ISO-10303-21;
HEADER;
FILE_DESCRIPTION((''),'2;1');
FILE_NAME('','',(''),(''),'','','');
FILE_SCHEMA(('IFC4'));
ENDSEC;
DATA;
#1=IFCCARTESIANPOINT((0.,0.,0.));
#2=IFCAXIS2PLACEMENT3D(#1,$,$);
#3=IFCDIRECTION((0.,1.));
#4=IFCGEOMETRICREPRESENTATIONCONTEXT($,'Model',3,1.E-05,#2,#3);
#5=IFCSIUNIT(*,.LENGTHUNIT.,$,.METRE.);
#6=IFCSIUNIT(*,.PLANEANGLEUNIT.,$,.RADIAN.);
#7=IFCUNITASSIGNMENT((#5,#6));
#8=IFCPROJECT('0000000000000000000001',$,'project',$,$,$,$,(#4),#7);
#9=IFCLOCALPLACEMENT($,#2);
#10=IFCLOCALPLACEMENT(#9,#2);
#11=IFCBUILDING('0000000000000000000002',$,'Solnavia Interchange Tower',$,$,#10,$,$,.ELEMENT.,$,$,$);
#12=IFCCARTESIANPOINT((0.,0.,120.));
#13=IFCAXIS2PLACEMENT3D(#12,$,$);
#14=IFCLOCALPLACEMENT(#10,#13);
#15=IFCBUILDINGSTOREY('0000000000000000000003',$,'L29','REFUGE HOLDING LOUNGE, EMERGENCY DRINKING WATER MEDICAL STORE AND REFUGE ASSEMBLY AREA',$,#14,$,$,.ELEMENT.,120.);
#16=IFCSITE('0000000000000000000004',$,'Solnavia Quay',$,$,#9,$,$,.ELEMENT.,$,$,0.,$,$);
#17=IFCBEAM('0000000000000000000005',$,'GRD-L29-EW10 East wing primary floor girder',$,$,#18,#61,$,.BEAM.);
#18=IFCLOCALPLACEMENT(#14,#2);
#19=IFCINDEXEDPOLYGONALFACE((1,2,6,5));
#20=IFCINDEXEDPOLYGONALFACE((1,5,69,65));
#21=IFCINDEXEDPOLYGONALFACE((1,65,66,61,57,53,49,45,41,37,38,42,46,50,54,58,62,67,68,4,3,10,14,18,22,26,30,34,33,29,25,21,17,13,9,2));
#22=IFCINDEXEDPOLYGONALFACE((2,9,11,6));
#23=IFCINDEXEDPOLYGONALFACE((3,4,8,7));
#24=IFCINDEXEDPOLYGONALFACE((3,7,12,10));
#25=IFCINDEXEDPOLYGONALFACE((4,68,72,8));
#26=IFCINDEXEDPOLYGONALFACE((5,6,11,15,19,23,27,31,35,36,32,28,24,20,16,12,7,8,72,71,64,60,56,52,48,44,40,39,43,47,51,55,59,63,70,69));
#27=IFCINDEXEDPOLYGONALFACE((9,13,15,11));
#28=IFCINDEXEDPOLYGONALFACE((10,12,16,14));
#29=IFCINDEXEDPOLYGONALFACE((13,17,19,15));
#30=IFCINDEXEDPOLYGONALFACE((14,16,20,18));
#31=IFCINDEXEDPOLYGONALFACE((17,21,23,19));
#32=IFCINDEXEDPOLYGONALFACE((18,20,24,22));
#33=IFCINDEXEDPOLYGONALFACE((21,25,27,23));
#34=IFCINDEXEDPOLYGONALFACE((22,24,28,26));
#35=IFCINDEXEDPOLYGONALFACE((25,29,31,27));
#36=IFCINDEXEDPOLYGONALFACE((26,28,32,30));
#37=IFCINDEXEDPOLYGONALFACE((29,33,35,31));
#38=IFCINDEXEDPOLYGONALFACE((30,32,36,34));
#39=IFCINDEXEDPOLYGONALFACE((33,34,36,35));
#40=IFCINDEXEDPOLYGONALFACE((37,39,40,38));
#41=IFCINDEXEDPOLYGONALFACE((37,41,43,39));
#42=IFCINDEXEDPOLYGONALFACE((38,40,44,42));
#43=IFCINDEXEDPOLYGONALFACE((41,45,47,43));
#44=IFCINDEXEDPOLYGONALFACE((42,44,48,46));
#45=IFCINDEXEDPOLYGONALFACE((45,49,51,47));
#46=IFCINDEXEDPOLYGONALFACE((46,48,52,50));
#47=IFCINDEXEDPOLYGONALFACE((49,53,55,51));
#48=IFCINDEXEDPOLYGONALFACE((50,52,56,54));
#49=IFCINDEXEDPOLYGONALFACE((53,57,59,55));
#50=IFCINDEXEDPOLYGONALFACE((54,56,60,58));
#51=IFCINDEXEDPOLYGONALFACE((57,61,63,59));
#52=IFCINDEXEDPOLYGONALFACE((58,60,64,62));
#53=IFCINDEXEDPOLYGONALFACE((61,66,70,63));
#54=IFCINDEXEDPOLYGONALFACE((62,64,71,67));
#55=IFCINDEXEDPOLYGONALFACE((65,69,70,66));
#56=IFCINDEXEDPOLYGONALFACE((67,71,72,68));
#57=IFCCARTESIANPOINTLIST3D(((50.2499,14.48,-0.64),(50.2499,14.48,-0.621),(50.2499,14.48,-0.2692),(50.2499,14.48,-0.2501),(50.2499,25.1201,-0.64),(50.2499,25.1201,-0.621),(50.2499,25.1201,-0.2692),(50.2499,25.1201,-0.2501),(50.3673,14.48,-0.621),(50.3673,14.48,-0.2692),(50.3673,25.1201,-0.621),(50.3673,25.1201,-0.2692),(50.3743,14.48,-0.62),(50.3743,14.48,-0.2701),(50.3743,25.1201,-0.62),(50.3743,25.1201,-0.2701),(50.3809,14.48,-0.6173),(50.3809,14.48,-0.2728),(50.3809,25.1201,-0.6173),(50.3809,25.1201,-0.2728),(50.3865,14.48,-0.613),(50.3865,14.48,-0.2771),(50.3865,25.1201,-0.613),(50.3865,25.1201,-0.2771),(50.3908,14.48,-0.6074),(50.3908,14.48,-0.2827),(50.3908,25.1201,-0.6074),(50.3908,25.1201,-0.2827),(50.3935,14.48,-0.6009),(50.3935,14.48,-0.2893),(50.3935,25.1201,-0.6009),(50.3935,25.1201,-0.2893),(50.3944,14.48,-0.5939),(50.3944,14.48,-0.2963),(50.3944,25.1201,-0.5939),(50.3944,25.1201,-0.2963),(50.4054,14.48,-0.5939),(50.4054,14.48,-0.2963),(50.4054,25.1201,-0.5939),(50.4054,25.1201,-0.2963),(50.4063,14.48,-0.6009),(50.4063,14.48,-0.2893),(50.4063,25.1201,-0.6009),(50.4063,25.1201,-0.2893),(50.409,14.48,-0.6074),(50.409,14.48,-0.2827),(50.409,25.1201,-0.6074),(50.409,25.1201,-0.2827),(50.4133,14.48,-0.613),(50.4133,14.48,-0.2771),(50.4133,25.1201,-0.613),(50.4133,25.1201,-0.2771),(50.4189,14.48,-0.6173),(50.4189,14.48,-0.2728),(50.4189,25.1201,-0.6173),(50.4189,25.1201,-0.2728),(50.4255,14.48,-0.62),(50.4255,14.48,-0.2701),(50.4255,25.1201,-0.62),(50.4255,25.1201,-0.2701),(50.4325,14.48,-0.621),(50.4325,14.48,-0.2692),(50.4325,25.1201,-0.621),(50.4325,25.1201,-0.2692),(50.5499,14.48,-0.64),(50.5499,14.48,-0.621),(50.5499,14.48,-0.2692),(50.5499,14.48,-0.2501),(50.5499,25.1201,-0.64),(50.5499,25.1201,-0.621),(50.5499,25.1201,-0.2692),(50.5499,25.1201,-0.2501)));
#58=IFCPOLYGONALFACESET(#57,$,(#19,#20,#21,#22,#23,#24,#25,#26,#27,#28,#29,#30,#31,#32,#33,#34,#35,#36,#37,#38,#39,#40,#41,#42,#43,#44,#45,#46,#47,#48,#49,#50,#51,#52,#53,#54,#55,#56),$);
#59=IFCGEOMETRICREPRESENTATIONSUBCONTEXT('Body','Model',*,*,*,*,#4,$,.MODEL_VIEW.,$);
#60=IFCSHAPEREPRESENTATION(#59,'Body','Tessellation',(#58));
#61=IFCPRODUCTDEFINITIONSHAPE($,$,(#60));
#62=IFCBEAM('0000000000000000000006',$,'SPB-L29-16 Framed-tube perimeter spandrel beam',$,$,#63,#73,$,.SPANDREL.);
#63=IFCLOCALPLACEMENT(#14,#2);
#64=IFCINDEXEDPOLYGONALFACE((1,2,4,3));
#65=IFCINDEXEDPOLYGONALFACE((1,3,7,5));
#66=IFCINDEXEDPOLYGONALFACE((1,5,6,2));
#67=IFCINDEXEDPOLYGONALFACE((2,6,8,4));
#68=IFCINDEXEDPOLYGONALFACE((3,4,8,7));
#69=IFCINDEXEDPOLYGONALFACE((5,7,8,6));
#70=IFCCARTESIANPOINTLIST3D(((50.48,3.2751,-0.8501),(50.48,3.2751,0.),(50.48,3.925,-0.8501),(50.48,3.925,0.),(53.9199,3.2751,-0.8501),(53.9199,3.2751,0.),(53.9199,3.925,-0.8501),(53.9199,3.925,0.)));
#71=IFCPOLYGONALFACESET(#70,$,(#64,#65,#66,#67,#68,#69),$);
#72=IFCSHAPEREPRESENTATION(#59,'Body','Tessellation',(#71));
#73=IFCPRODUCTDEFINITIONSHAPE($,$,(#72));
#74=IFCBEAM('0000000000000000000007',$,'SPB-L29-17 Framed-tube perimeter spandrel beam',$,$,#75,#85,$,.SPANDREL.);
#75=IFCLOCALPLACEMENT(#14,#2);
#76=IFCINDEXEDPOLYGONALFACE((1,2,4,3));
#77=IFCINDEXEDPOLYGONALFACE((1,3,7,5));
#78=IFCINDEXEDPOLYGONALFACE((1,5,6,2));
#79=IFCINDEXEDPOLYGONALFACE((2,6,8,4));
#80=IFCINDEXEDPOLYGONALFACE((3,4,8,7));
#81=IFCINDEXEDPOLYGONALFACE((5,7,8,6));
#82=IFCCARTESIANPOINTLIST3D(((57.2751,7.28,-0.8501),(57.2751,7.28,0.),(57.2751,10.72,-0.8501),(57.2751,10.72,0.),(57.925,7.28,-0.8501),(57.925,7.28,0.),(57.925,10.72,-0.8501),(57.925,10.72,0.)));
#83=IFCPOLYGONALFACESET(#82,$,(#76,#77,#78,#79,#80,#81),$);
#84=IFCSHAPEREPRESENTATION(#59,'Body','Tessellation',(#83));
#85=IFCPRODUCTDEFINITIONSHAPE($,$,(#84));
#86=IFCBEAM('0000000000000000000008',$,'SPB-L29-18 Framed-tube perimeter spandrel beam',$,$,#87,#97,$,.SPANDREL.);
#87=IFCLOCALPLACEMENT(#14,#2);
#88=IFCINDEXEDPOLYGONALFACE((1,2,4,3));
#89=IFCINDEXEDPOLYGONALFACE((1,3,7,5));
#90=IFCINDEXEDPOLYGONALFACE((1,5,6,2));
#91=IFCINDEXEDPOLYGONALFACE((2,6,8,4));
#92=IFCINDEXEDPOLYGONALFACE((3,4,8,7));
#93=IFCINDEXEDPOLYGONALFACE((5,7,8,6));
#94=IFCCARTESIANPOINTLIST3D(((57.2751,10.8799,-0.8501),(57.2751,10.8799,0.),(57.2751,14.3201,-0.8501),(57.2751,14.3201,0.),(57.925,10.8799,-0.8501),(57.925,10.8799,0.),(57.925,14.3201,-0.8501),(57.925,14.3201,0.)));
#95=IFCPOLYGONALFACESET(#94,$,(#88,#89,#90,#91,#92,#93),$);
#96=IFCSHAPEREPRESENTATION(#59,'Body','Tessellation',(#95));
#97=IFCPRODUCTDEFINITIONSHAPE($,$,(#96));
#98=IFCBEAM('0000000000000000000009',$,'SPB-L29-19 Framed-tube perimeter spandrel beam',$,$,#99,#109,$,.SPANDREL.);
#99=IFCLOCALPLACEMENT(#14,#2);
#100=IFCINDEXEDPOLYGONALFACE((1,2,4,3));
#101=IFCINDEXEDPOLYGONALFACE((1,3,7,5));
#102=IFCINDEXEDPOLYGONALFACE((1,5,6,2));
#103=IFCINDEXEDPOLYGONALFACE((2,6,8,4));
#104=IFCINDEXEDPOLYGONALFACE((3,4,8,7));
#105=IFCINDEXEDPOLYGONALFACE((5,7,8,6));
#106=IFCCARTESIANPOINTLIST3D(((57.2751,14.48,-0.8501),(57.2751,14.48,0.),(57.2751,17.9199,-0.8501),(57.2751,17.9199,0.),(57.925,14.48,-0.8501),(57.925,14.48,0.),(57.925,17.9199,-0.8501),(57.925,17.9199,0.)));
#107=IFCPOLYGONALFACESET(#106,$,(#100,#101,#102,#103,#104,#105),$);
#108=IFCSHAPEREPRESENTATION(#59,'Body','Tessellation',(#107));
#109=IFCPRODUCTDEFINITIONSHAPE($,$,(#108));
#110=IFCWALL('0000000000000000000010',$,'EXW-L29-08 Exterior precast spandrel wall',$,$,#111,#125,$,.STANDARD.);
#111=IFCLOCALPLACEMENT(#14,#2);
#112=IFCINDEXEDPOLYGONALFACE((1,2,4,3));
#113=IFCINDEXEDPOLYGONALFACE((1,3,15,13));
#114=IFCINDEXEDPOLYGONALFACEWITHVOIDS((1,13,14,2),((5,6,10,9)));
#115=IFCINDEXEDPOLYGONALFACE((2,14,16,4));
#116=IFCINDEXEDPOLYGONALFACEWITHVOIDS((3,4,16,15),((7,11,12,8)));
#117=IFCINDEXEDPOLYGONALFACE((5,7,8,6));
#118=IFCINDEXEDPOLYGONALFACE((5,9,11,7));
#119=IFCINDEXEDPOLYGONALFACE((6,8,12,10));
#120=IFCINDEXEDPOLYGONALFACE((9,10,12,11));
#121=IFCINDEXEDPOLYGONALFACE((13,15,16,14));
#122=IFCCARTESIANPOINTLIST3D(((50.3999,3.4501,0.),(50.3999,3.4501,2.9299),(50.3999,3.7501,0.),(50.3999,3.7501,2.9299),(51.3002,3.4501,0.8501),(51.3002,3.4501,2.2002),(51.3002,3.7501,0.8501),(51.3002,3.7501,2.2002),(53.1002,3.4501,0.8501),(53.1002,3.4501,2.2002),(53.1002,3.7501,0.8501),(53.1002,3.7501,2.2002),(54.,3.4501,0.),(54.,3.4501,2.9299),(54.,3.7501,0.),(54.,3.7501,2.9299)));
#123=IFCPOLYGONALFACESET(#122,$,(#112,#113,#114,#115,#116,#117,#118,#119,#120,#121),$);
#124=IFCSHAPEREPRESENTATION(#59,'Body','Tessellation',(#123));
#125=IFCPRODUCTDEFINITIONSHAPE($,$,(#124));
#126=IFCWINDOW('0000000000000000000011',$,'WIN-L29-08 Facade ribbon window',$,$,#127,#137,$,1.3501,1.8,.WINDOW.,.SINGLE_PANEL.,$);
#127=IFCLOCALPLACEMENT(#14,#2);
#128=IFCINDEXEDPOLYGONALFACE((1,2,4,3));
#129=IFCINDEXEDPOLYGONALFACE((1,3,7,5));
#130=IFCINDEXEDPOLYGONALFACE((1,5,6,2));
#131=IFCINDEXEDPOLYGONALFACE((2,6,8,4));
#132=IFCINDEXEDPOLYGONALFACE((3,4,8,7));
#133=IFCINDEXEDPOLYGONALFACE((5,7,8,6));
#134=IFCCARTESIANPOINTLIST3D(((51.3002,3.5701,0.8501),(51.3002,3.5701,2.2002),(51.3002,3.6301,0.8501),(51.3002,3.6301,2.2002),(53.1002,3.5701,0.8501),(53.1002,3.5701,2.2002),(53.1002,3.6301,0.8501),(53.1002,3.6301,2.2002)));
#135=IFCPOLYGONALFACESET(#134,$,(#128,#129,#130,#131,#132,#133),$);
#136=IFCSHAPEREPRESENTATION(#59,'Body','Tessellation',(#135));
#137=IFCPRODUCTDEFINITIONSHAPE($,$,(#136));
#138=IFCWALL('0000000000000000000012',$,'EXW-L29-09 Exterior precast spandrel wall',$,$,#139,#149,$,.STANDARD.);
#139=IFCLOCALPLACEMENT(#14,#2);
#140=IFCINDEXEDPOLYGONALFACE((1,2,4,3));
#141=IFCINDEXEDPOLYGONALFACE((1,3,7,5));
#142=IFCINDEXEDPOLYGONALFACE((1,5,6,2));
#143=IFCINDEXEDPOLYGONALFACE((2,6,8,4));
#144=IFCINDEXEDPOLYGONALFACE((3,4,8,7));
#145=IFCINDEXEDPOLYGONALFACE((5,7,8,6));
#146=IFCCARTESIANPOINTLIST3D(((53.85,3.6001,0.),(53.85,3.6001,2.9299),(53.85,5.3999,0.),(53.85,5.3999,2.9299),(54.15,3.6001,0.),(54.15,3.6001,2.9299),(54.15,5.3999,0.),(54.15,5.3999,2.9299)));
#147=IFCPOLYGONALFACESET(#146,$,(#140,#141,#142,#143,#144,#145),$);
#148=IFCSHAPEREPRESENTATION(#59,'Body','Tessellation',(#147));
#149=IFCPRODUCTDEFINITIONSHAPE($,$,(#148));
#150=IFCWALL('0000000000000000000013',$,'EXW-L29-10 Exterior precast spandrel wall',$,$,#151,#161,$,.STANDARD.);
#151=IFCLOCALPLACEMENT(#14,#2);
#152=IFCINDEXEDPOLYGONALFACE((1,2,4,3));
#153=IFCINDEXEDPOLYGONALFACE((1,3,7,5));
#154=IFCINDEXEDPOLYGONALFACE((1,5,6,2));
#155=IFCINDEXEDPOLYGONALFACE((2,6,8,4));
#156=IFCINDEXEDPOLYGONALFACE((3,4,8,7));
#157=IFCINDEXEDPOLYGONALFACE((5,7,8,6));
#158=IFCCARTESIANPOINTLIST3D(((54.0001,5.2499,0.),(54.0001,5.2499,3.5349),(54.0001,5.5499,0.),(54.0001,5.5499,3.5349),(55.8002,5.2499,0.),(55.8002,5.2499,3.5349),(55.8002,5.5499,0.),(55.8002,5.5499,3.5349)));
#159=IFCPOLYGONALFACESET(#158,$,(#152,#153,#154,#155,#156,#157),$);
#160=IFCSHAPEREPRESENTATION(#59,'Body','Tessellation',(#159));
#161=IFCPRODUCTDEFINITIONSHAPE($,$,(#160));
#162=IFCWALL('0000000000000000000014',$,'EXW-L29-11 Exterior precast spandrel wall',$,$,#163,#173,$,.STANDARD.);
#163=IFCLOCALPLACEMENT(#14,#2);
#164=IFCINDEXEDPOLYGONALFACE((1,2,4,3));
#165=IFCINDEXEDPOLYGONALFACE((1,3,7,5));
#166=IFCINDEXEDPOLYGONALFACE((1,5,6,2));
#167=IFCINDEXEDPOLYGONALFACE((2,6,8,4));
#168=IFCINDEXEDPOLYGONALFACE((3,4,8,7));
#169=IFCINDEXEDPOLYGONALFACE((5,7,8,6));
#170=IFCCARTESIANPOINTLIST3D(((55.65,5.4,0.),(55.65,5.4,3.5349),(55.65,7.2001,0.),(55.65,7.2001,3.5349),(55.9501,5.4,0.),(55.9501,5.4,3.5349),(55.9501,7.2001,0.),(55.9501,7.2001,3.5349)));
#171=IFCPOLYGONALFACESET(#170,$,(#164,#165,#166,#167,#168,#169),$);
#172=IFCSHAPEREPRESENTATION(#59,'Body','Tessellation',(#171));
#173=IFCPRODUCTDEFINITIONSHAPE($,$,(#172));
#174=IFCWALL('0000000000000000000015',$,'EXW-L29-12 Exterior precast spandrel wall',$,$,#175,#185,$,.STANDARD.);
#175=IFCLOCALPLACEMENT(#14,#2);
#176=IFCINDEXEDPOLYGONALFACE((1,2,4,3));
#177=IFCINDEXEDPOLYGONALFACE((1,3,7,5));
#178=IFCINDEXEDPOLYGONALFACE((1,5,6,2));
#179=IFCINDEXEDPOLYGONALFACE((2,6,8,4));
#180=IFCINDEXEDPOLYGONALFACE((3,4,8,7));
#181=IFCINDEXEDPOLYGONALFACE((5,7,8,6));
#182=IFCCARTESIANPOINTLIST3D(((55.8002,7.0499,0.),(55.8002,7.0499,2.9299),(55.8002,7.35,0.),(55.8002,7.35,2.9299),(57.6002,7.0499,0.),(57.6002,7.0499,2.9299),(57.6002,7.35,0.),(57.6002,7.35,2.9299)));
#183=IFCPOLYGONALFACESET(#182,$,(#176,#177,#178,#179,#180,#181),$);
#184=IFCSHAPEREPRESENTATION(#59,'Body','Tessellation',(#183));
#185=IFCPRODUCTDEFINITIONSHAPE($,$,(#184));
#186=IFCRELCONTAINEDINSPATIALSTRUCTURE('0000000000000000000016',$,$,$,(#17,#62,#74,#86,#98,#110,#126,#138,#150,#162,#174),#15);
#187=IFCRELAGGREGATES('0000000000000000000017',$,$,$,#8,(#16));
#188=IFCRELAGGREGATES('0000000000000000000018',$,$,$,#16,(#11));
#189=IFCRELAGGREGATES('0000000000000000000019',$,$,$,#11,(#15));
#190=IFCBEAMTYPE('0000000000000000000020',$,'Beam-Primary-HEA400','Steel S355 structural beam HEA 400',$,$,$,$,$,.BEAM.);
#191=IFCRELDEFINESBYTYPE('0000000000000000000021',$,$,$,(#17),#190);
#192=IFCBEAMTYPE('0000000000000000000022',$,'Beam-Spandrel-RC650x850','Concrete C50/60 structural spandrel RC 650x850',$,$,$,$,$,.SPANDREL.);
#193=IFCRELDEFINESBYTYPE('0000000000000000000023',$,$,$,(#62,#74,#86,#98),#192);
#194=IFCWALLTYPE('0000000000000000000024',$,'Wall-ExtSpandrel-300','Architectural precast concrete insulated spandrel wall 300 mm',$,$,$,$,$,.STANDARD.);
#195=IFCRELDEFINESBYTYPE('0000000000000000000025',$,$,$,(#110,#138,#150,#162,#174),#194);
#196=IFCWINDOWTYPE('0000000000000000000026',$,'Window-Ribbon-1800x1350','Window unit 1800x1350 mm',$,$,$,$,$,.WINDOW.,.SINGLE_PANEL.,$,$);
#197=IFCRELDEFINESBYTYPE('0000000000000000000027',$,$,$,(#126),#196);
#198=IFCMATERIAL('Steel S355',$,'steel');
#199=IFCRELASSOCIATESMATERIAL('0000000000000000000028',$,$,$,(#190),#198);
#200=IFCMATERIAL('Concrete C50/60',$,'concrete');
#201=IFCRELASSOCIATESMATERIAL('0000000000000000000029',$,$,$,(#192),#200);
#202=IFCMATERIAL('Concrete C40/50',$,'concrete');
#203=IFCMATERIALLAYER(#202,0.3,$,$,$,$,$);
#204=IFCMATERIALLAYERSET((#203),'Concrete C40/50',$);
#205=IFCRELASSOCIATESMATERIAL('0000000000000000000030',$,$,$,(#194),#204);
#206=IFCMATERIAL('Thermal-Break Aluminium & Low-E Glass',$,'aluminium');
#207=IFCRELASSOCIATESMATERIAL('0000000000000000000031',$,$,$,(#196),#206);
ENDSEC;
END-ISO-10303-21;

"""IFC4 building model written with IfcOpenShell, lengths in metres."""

from ifc_helpers import new_model, si_unit, direction, frame, frame_2d, origin, origin_2d, place, context, subcontext, project, spatial, rectangle, i_section, extrude, material, layer, layer_set, material_profile, profile_set, type_object, element, fill, save


model = new_model("IFC4")

# Units and contexts
model_context = context("Model", 3, precision=1e-05, world=origin(), true_north=direction((0.0, 1.0)))
body_context = subcontext(model_context, "Body", "Model", "MODEL_VIEW")
ifc_project = project(units=[si_unit("LENGTHUNIT", "METRE"), si_unit("PLANEANGLEUNIT", "RADIAN")], contexts=[model_context])

# Site, building, storey
site_placement = place(None, origin())
site = spatial("IfcSite", under=ifc_project, at=site_placement, Name="Solnavia Quay", CompositionType="ELEMENT", RefElevation=0.0)
building_placement = place(site_placement, origin())
building = spatial("IfcBuilding", under=site, at=building_placement, Name="Solnavia Interchange Tower", CompositionType="ELEMENT")
storey_placement = place(building_placement, frame((0.0, 0.0, 120.0)))
storey = spatial("IfcBuildingStorey", under=building, at=storey_placement, Name="L29", Description="REFUGE HOLDING LOUNGE, EMERGENCY DRINKING WATER MEDICAL STORE AND REFUGE ASSEMBLY AREA", CompositionType="ELEMENT", Elevation=120.0)

# Shared definitions
ifc_material_1 = material(Name="Concrete C50/60", Category="concrete")
ifc_material_2 = material(Name="Steel S355", Category="steel")

# Beams
ifc_material_profile_1 = material_profile(ifc_material_2, i_section(OverallWidth=0.3, OverallDepth=0.3899, WebThickness=0.011, FlangeThickness=0.019, FilletRadius=0.0271, at=origin_2d()), Name="HEA 400")
ifc_profile_set_1 = profile_set([ifc_material_profile_1], Name="Steel S355")
beam_type_1 = type_object("IfcBeamType", Name="Beam-Primary-HEA400", Description="Steel S355 structural beam HEA 400", PredefinedType="BEAM", material=ifc_profile_set_1)
for number, where, z_axis, x_axis, name in (
    (1, (50.3999, 14.48, -0.4451), (0.0, 1.0, 0.0), (-1.0, 0.0, 0.0), "GRD-L29-EW10 East wing primary floor girder"),
):
    element("IfcBeam", number, at=place(storey_placement, frame(where, z_axis=z_axis, x_axis=x_axis)), inside=storey, type_object=beam_type_1, Name=name, PredefinedType="BEAM", context=body_context, shape_type="SweptSolid", body=[
        extrude(i_section(OverallWidth=0.3, OverallDepth=0.3899, WebThickness=0.011, FlangeThickness=0.019, FilletRadius=0.0271, at=origin_2d()), origin(), (0.0, 0.0, 1.0), 10.6401),
    ])
ifc_material_profile_2 = material_profile(ifc_material_1, rectangle(XDim=0.6499, YDim=0.8501, at=origin_2d()), Name="RC 650x850")
ifc_profile_set_2 = profile_set([ifc_material_profile_2], Name="Concrete C50/60")
beam_type_2 = type_object("IfcBeamType", Name="Beam-Spandrel-RC650x850", Description="Concrete C50/60 structural spandrel RC 650x850", PredefinedType="SPANDREL", material=ifc_profile_set_2)
for number, where, z_axis, x_axis, name in (
    (2, (50.48, 3.6001, -0.425), (1.0, 0.0, 0.0), (0.0, 1.0, 0.0), "SPB-L29-16 Framed-tube perimeter spandrel beam"),
    (3, (57.6001, 7.28, -0.425), (0.0, 1.0, 0.0), (-1.0, 0.0, 0.0), "SPB-L29-17 Framed-tube perimeter spandrel beam"),
):
    element("IfcBeam", number, at=place(storey_placement, frame(where, z_axis=z_axis, x_axis=x_axis)), inside=storey, type_object=beam_type_2, Name=name, PredefinedType="SPANDREL", context=body_context, shape_type="SweptSolid", body=[
        extrude(rectangle(XDim=0.6499, YDim=0.8501, at=origin_2d()), origin(), (0.0, 0.0, 1.0), 3.4399),
    ])
beam_1_placement = place(storey_placement, frame((57.6001, 10.8799, -0.425), z_axis=(0.0, 1.0, 0.0), x_axis=(-1.0, 0.0, 0.0)))
element("IfcBeam", 4, at=beam_1_placement, inside=storey, type_object=beam_type_2, Name="SPB-L29-18 Framed-tube perimeter spandrel beam", PredefinedType="SPANDREL", context=body_context, shape_type="SweptSolid", body=[
    extrude(rectangle(XDim=0.6499, YDim=0.8501, at=origin_2d()), origin(), (0.0, 0.0, 1.0), 3.4402),
])
beam_2_placement = place(storey_placement, frame((57.6001, 14.48, -0.425), z_axis=(0.0, 1.0, 0.0), x_axis=(-1.0, 0.0, 0.0)))
element("IfcBeam", 5, at=beam_2_placement, inside=storey, type_object=beam_type_2, Name="SPB-L29-19 Framed-tube perimeter spandrel beam", PredefinedType="SPANDREL", context=body_context, shape_type="SweptSolid", body=[
    extrude(rectangle(XDim=0.6499, YDim=0.8501, at=origin_2d()), origin(), (0.0, 0.0, 1.0), 3.4399),
])

# Wall, opening, window
ifc_material_3 = material(Name="Concrete C40/50", Category="concrete")
ifc_layer_1 = layer(ifc_material_3, 0.3)
ifc_layer_set_1 = layer_set([ifc_layer_1], Name="Concrete C40/50")
wall_type = type_object("IfcWallType", Name="Wall-ExtSpandrel-300", Description="Architectural precast concrete insulated spandrel wall 300 mm", PredefinedType="STANDARD", material=ifc_layer_set_1)
wall_1_placement = place(storey_placement, frame((54.0, 3.6001, 0.0), z_axis=(0.0, 0.0, 1.0), x_axis=(-1.0, 0.0, 0.0)))
wall_1 = element("IfcWall", 6, at=wall_1_placement, inside=storey, type_object=wall_type, Name="EXW-L29-08 Exterior precast spandrel wall", PredefinedType="STANDARD", context=body_context, shape_type="SweptSolid", body=[
    extrude(rectangle(XDim=3.6001, YDim=0.3, at=frame_2d((1.8, 0.0))), origin(), (0.0, 0.0, 1.0), 2.9299),
])
opening_1_placement = place(wall_1_placement, frame((0.8999, 0.0, 0.8501)))
opening_1 = element("IfcOpeningElement", 7, at=opening_1_placement, cuts=wall_1, PredefinedType="OPENING", context=body_context, shape_type="SweptSolid", body=[
    extrude(rectangle(XDim=1.8, YDim=1.3501, at=frame_2d((0.8999, 0.675))), frame((0.0, 0.1602, 0.0), z_axis=(0.0, -1.0, 0.0), x_axis=(1.0, 0.0, 0.0)), (0.0, 0.0, 1.0), 0.3201),
])
ifc_material_4 = material(Name="Thermal-Break Aluminium & Low-E Glass", Category="aluminium")
window_type = type_object("IfcWindowType", Name="Window-Ribbon-1800x1350", Description="Window unit 1800x1350 mm", PartitioningType="SINGLE_PANEL", PredefinedType="WINDOW", material=ifc_material_4)
window_1_placement = place(opening_1_placement, origin())
window_1 = element("IfcWindow", 8, at=window_1_placement, inside=storey, type_object=window_type, Name="WIN-L29-08 Facade ribbon window", OverallHeight=1.3501, OverallWidth=1.8, PartitioningType="SINGLE_PANEL", PredefinedType="WINDOW", context=body_context, shape_type="SweptSolid", body=[
    extrude(rectangle(XDim=1.8, YDim=1.3501, at=frame_2d((0.8999, 0.675))), frame((0.0, 0.03, 0.0), z_axis=(0.0, -1.0, 0.0), x_axis=(1.0, 0.0, 0.0)), (0.0, 0.0, 1.0), 0.0601),
])
fill(opening_1, window_1)

# Walls
wall_2_placement = place(storey_placement, frame((54.0, 5.3999, 0.0), z_axis=(0.0, 0.0, 1.0), x_axis=(0.0, -1.0, 0.0)))
element("IfcWall", 9, at=wall_2_placement, inside=storey, type_object=wall_type, Name="EXW-L29-09 Exterior precast spandrel wall", PredefinedType="STANDARD", context=body_context, shape_type="SweptSolid", body=[
    extrude(rectangle(XDim=1.7998, YDim=0.3, at=frame_2d((0.8999, 0.0))), origin(), (0.0, 0.0, 1.0), 2.9299),
])
for number, where, z_axis, x_axis, name in (
    (10, (55.8, 5.3999, 0.0), (0.0, 0.0, 1.0), (-1.0, 0.0, 0.0), "EXW-L29-10 Exterior precast spandrel wall"),
    (11, (55.8, 7.2, 0.0), (0.0, 0.0, 1.0), (0.0, -1.0, 0.0), "EXW-L29-11 Exterior precast spandrel wall"),
):
    element("IfcWall", number, at=place(storey_placement, frame(where, z_axis=z_axis, x_axis=x_axis)), inside=storey, type_object=wall_type, Name=name, PredefinedType="STANDARD", context=body_context, shape_type="SweptSolid", body=[
        extrude(rectangle(XDim=1.8, YDim=0.3, at=frame_2d((0.8999, 0.0))), origin(), (0.0, 0.0, 1.0), 3.5349),
    ])
wall_3_placement = place(storey_placement, frame((57.6001, 7.2, 0.0), z_axis=(0.0, 0.0, 1.0), x_axis=(-1.0, 0.0, 0.0)))
element("IfcWall", 12, at=wall_3_placement, inside=storey, type_object=wall_type, Name="EXW-L29-12 Exterior precast spandrel wall", PredefinedType="STANDARD", context=body_context, shape_type="SweptSolid", body=[
    extrude(rectangle(XDim=1.8, YDim=0.3, at=frame_2d((0.8999, 0.0))), origin(), (0.0, 0.0, 1.0), 2.9299),
])

save(model, "model.ifc")
